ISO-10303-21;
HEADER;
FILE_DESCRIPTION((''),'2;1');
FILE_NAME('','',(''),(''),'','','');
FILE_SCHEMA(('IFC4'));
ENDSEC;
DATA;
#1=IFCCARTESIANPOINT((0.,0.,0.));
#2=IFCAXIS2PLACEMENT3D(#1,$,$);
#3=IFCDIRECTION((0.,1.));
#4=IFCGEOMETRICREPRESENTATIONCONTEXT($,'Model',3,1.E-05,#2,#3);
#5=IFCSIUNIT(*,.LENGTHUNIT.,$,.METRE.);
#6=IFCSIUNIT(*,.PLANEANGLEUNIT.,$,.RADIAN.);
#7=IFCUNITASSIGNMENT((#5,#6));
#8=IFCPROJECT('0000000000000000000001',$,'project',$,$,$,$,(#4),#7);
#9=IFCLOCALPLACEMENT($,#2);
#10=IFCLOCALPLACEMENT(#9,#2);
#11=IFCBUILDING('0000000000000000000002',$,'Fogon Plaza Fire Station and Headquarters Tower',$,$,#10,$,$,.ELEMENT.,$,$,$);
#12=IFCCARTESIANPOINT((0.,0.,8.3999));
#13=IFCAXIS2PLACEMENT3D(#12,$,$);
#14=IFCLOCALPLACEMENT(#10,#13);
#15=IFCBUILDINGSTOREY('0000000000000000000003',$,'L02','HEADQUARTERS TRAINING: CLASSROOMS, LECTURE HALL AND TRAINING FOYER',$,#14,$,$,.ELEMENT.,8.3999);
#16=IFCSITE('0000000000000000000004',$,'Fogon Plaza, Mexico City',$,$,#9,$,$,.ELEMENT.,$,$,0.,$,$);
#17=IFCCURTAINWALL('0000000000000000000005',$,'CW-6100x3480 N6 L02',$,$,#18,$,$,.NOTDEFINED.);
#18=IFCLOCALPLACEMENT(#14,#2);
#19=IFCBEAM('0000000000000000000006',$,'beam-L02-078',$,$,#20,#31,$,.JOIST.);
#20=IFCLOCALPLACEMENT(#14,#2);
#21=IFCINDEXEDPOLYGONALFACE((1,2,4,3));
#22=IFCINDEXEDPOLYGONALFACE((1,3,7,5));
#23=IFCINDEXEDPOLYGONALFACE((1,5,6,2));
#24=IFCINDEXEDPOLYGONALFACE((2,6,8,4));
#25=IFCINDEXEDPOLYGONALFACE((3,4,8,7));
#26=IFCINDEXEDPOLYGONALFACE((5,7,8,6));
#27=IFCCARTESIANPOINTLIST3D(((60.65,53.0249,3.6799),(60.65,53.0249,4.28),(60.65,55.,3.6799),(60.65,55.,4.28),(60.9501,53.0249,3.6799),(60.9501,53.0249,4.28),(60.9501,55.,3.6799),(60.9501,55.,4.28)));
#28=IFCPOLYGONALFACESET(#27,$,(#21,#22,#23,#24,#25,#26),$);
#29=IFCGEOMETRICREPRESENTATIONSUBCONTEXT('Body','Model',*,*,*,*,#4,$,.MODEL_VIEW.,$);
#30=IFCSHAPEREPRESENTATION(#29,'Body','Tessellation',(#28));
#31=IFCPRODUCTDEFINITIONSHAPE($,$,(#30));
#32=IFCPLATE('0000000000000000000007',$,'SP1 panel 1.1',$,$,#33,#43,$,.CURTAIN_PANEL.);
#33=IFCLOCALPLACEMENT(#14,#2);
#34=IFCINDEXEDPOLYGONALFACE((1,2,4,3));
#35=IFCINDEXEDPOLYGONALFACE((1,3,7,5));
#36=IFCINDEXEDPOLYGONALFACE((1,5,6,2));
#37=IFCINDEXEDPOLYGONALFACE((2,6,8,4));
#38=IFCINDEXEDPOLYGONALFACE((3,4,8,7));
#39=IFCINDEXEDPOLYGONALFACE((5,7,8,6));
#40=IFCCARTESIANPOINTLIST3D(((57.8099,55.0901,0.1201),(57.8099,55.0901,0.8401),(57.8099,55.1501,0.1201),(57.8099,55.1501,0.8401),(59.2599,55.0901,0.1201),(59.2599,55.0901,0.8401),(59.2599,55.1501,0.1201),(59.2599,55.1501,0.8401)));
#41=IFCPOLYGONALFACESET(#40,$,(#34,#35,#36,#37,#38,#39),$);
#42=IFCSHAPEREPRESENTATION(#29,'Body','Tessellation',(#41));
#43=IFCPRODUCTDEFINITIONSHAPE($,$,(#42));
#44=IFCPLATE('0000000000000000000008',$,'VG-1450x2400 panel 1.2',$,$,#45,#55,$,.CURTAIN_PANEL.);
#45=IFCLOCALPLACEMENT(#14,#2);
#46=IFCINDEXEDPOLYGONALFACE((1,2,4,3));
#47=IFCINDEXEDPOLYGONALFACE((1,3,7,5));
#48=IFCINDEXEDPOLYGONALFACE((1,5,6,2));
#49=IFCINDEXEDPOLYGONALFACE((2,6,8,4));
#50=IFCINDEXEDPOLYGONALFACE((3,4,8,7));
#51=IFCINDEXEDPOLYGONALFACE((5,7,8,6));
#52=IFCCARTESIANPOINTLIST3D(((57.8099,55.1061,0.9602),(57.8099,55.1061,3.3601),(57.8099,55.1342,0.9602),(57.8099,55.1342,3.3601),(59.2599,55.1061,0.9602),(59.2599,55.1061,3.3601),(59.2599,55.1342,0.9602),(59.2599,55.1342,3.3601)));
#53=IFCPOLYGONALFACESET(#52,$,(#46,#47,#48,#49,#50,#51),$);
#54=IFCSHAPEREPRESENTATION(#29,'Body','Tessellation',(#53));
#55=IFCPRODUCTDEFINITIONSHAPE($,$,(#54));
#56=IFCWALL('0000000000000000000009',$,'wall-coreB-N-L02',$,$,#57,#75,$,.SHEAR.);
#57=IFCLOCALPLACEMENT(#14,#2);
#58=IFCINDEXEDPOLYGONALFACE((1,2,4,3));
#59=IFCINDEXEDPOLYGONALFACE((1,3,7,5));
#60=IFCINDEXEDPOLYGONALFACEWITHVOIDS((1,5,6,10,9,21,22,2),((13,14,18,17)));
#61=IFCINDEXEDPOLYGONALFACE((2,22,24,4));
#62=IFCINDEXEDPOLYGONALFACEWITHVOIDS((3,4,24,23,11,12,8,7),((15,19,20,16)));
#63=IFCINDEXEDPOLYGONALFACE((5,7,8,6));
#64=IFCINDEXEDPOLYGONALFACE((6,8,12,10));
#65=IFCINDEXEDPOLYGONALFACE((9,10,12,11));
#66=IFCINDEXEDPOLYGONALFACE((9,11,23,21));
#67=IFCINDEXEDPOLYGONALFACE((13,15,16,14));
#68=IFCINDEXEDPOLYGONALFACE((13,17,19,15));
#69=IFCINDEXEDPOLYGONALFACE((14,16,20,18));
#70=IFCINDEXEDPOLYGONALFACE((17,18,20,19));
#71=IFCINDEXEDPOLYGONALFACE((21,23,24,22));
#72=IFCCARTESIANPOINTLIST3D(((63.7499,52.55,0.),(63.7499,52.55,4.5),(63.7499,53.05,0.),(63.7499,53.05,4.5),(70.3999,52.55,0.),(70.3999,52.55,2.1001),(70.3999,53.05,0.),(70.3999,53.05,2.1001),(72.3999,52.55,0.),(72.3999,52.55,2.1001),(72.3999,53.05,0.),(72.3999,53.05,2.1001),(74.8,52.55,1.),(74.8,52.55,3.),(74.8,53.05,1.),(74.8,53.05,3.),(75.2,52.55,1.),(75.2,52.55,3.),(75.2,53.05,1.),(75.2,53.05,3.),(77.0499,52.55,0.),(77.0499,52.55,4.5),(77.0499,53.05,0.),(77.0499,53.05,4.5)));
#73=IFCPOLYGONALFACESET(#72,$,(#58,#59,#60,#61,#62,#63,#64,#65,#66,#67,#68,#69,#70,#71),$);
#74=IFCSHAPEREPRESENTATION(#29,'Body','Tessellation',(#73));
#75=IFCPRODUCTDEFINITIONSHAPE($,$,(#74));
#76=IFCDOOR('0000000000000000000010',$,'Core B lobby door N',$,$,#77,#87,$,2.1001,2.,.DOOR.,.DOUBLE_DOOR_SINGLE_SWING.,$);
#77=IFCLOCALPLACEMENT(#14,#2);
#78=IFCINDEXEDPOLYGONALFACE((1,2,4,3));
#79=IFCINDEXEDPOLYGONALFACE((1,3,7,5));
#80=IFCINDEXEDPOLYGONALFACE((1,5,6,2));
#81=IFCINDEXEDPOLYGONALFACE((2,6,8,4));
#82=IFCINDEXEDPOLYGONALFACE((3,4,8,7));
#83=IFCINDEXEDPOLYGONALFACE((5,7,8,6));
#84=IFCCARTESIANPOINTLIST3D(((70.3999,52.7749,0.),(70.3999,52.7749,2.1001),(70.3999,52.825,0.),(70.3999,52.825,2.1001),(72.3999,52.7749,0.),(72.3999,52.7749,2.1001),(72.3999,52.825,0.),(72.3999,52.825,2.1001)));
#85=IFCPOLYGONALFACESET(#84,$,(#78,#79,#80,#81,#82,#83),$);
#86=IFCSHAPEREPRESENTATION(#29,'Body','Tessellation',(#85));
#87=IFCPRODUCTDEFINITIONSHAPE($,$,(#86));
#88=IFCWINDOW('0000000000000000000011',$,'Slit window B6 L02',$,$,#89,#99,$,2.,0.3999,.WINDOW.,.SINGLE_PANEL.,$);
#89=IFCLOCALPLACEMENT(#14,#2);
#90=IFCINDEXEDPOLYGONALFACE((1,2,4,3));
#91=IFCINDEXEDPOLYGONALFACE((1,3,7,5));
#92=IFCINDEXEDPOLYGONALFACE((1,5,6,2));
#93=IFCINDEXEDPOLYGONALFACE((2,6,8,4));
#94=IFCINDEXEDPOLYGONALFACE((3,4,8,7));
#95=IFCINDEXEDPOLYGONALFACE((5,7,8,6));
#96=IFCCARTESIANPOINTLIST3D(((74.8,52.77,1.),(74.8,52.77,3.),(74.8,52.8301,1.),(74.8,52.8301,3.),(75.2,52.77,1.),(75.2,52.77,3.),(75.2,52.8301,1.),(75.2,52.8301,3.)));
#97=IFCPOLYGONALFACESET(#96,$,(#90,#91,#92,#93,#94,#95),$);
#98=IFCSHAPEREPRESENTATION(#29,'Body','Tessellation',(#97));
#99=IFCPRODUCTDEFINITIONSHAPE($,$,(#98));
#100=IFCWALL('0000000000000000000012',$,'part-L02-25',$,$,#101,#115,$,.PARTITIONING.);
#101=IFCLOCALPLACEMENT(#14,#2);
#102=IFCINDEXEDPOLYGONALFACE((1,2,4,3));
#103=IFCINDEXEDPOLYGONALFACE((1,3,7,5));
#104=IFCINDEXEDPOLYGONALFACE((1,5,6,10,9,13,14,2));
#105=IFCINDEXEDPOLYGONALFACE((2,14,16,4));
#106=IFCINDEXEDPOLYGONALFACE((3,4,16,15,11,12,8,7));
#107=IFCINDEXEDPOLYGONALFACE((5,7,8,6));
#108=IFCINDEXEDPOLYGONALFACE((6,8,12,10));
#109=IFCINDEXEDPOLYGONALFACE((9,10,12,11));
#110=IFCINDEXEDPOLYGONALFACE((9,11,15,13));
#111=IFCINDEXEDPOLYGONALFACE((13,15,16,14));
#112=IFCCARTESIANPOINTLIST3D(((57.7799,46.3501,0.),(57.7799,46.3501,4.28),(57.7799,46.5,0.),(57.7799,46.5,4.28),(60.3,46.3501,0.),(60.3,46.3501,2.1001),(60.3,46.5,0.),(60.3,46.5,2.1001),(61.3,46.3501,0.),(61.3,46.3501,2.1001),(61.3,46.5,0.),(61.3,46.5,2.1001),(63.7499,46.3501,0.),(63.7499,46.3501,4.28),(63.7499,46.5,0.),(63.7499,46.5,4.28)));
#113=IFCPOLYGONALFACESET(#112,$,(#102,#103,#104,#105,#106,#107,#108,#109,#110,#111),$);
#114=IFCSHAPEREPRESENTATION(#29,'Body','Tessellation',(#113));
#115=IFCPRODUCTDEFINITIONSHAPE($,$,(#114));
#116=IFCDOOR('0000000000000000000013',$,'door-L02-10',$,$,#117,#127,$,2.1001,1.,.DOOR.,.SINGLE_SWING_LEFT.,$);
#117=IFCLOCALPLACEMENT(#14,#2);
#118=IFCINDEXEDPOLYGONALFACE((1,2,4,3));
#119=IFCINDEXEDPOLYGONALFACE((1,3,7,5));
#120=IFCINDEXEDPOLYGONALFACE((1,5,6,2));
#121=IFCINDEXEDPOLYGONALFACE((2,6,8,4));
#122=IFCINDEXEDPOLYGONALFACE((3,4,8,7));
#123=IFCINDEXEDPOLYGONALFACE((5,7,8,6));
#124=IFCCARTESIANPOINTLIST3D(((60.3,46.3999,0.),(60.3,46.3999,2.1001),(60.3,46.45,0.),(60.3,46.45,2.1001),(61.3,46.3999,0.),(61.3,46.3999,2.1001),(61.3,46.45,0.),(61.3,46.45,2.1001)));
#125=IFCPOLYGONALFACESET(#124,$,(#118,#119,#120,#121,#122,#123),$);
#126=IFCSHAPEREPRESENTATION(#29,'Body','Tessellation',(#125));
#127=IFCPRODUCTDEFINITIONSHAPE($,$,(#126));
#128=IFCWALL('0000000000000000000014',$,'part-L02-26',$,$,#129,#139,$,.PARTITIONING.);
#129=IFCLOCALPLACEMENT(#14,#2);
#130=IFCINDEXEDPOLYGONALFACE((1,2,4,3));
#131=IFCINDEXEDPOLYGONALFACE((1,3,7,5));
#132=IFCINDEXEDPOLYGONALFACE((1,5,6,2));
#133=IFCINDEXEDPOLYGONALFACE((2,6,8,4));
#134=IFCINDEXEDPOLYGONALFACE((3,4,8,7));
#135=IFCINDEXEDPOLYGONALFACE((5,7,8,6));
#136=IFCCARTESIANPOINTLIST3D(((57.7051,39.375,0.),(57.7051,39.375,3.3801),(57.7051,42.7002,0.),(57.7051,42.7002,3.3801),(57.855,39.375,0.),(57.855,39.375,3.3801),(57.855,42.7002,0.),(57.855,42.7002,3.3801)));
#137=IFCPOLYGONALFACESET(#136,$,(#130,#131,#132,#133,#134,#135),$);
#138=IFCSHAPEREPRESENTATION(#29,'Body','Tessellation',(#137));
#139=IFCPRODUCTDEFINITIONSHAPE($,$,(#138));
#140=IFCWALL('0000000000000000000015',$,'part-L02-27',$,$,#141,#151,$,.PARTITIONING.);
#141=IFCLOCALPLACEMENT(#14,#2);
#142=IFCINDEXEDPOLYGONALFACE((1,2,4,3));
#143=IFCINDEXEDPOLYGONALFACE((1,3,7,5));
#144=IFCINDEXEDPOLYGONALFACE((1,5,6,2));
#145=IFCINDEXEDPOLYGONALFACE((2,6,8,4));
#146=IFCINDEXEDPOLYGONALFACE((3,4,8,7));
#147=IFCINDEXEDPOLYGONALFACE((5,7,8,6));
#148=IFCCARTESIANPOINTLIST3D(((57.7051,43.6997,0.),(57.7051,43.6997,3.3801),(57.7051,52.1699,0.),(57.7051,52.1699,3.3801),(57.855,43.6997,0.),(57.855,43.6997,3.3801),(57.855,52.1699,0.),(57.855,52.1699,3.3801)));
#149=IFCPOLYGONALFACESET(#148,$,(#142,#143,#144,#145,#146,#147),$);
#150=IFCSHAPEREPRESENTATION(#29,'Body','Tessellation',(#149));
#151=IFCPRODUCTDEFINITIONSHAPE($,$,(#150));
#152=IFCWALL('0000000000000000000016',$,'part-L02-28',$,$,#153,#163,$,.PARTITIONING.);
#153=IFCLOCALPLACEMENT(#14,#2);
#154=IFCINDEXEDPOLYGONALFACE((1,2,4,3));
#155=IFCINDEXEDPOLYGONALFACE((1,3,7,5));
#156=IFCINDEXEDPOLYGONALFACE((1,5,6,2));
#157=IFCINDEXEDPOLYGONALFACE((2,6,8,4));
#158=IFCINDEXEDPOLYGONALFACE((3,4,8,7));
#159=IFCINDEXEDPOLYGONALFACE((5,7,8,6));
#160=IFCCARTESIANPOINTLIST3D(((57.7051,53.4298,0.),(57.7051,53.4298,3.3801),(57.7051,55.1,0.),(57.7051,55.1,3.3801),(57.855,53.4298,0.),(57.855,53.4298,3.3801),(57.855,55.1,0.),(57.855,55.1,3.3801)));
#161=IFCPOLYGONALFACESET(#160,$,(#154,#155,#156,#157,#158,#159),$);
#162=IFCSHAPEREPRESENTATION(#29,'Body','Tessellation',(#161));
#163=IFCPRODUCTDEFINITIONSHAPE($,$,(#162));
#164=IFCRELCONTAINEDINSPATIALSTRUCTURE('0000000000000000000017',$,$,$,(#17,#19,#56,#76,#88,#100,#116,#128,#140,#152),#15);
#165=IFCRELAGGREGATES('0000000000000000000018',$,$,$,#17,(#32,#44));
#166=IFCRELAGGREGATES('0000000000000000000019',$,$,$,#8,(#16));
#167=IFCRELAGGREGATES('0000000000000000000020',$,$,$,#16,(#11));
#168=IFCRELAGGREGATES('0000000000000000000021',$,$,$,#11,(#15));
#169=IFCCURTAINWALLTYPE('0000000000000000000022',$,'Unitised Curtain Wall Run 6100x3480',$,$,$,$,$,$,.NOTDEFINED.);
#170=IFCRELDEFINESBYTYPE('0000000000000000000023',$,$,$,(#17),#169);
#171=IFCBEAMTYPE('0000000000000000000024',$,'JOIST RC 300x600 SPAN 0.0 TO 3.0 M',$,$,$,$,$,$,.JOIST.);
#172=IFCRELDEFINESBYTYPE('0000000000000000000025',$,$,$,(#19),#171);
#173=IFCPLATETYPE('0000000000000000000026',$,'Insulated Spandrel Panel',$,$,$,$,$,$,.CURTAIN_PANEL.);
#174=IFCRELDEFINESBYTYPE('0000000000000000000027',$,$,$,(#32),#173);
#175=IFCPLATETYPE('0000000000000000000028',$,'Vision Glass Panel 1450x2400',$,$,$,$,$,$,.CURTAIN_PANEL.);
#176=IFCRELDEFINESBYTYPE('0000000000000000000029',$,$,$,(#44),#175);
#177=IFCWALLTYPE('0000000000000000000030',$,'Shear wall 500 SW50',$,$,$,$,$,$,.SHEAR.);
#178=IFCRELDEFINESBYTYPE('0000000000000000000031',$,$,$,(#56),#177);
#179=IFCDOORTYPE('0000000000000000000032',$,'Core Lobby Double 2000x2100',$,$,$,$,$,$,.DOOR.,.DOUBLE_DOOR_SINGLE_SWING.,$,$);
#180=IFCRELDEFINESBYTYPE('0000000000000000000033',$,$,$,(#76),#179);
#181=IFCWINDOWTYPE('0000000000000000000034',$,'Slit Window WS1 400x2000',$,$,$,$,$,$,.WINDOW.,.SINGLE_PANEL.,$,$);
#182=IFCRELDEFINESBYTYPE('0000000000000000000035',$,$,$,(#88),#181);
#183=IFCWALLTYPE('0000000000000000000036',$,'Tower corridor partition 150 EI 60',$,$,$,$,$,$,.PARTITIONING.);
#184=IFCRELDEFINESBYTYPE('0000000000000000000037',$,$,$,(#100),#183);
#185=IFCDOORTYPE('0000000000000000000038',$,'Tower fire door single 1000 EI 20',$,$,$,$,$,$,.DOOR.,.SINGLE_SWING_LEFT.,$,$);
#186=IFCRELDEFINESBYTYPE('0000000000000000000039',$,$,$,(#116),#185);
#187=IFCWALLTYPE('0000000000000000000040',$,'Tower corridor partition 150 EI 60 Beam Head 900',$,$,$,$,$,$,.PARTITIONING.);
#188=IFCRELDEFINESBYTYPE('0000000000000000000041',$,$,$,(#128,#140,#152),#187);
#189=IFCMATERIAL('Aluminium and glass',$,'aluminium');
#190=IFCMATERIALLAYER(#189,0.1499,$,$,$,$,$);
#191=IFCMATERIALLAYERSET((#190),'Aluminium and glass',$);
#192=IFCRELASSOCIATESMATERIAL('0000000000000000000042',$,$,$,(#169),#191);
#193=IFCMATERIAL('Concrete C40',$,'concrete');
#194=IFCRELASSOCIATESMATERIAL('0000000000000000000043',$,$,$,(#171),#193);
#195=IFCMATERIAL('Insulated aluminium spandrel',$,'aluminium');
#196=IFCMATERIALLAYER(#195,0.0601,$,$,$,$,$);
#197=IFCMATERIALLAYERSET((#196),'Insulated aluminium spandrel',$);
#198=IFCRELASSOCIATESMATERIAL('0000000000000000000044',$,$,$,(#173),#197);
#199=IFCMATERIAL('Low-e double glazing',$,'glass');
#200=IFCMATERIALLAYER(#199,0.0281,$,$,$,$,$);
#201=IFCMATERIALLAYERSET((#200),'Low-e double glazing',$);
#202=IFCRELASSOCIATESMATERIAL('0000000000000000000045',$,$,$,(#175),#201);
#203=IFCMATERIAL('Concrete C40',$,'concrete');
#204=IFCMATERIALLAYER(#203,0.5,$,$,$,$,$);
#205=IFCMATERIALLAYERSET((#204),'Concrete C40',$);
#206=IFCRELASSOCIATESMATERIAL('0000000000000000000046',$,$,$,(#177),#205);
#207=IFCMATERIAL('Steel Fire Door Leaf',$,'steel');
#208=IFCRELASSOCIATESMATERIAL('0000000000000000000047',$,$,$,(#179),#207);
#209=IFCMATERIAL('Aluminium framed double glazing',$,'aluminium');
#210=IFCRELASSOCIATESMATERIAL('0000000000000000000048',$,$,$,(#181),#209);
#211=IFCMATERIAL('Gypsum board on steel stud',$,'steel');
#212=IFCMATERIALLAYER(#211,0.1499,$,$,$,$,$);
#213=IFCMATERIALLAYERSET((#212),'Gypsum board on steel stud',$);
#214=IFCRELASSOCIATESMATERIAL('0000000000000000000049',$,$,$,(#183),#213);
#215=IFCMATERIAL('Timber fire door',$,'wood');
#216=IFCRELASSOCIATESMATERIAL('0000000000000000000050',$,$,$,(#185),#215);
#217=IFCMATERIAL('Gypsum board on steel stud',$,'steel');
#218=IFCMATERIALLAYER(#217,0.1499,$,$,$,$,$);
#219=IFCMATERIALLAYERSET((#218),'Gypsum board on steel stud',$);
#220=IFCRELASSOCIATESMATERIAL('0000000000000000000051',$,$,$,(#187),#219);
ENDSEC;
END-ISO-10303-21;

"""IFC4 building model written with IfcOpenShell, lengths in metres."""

from ifc_helpers import new_model, si_unit, direction, frame, frame_2d, origin, origin_2d, place, context, subcontext, project, spatial, rectangle, extrude, material, layer, layer_set, material_profile, profile_set, type_object, element, fill, aggregate, save


model = new_model("IFC4")

# Units and contexts
model_context = context("Model", 3, precision=1e-05, world=origin(), true_north=direction((0.0, 1.0)))
body_context = subcontext(model_context, "Body", "Model", "MODEL_VIEW")
ifc_project = project(units=[si_unit("LENGTHUNIT", "METRE"), si_unit("PLANEANGLEUNIT", "RADIAN")], contexts=[model_context])

# Site, building, storey
site_placement = place(None, origin())
site = spatial("IfcSite", under=ifc_project, at=site_placement, Name="Fogon Plaza, Mexico City", CompositionType="ELEMENT", RefElevation=0.0)
building_placement = place(site_placement, origin())
building = spatial("IfcBuilding", under=site, at=building_placement, Name="Fogon Plaza Fire Station and Headquarters Tower", CompositionType="ELEMENT")
storey_placement = place(building_placement, frame((0.0, 0.0, 8.3999)))
storey = spatial("IfcBuildingStorey", under=building, at=storey_placement, Name="L02", Description="HEADQUARTERS TRAINING: CLASSROOMS, LECTURE HALL AND TRAINING FOYER", CompositionType="ELEMENT", Elevation=8.3999)

# Curtain wall
ifc_material_1 = material(Name="Aluminium and glass", Category="aluminium")
ifc_layer_1 = layer(ifc_material_1, 0.1499)
ifc_layer_set_1 = layer_set([ifc_layer_1], Name="Aluminium and glass")
curtain_wall_type = type_object("IfcCurtainWallType", Name="Unitised Curtain Wall Run 6100x3480", PredefinedType="NOTDEFINED", material=ifc_layer_set_1)
curtain_wall_placement = place(storey_placement, origin())
curtain_wall = element("IfcCurtainWall", 1, at=curtain_wall_placement, inside=storey, type_object=curtain_wall_type, Name="CW-6100x3480 N6 L02", PredefinedType="NOTDEFINED")

# Beam
ifc_material_2 = material(Name="Concrete C40", Category="concrete")
ifc_material_profile_1 = material_profile(ifc_material_2, rectangle(XDim=0.3, YDim=0.6001, at=origin_2d()), Name="RC 300x600")
ifc_profile_set_1 = profile_set([ifc_material_profile_1], Name="Concrete C40")
beam_type_1 = type_object("IfcBeamType", Name="JOIST RC 300x600 SPAN 0.0 TO 3.0 M", PredefinedType="JOIST", material=ifc_profile_set_1)
beam_1_placement = place(storey_placement, frame((60.8, 53.0249, 3.98), z_axis=(0.0, 1.0, 0.0), x_axis=(-1.0, 0.0, 0.0)))
element("IfcBeam", 2, at=beam_1_placement, inside=storey, type_object=beam_type_1, Name="beam-L02-078", PredefinedType="JOIST", context=body_context, shape_type="SweptSolid", body=[
    extrude(rectangle(XDim=0.3, YDim=0.6001, at=origin_2d()), origin(), (0.0, 0.0, 1.0), 1.9751),
])

# Plates
ifc_material_3 = material(Name="Insulated aluminium spandrel", Category="aluminium")
ifc_layer_2 = layer(ifc_material_3, 0.0601)
ifc_layer_set_2 = layer_set([ifc_layer_2], Name="Insulated aluminium spandrel")
plate_type_1 = type_object("IfcPlateType", Name="Insulated Spandrel Panel", PredefinedType="CURTAIN_PANEL", material=ifc_layer_set_2)
plate_1_placement = place(storey_placement, frame((58.5349, 55.1201, 0.1201), z_axis=(0.0, 0.0, 1.0), x_axis=(1.0, 0.0, 0.0)))
plate_1 = element("IfcPlate", 3, at=plate_1_placement, type_object=plate_type_1, Name="SP1 panel 1.1", PredefinedType="CURTAIN_PANEL", context=body_context, shape_type="SweptSolid", body=[
    extrude(rectangle(XDim=1.45, YDim=0.0601, at=origin_2d()), origin(), (0.0, 0.0, 1.0), 0.72),
])
ifc_material_4 = material(Name="Low-e double glazing", Category="glass")
ifc_layer_3 = layer(ifc_material_4, 0.0281)
ifc_layer_set_3 = layer_set([ifc_layer_3], Name="Low-e double glazing")
plate_type_2 = type_object("IfcPlateType", Name="Vision Glass Panel 1450x2400", PredefinedType="CURTAIN_PANEL", material=ifc_layer_set_3)
plate_2_placement = place(storey_placement, frame((58.5349, 55.1201, 0.9602), z_axis=(0.0, 0.0, 1.0), x_axis=(1.0, 0.0, 0.0)))
plate_2 = element("IfcPlate", 4, at=plate_2_placement, type_object=plate_type_2, Name="VG-1450x2400 panel 1.2", PredefinedType="CURTAIN_PANEL", context=body_context, shape_type="SweptSolid", body=[
    extrude(rectangle(XDim=1.45, YDim=0.0281, at=origin_2d()), origin(), (0.0, 0.0, 1.0), 2.3999),
])
aggregate(curtain_wall, [plate_1, plate_2])

# Wall, openings, door, window
ifc_material_5 = material(Name="Concrete C40", Category="concrete")
ifc_layer_4 = layer(ifc_material_5, 0.5)
ifc_layer_set_4 = layer_set([ifc_layer_4], Name="Concrete C40")
wall_type_1 = type_object("IfcWallType", Name="Shear wall 500 SW50", PredefinedType="SHEAR", material=ifc_layer_set_4)
wall_1_placement = place(storey_placement, frame((63.75, 52.8, 0.0), z_axis=(0.0, 0.0, 1.0), x_axis=(1.0, 0.0, 0.0)))
wall_1 = element("IfcWall", 5, at=wall_1_placement, inside=storey, type_object=wall_type_1, Name="wall-coreB-N-L02", PredefinedType="SHEAR", context=body_context, shape_type="SweptSolid", body=[
    extrude(rectangle(XDim=13.3, YDim=0.5, at=frame_2d((6.6499, 0.0))), origin(), (0.0, 0.0, 1.0), 4.5),
])
opening_1_placement = place(wall_1_placement, frame((11.05, 0.0, 1.0)))
opening_1 = element("IfcOpeningElement", 6, at=opening_1_placement, cuts=wall_1, PredefinedType="OPENING", context=body_context, shape_type="SweptSolid", body=[
    extrude(rectangle(XDim=0.3999, YDim=2.0, at=frame_2d((0.2, 1.0))), frame((0.0, 0.26, 0.0), z_axis=(0.0, -1.0, 0.0), x_axis=(1.0, 0.0, 0.0)), (0.0, 0.0, 1.0), 0.52),
])
opening_2_placement = place(wall_1_placement, frame((6.6499, 0.0, 0.0)))
opening_2 = element("IfcOpeningElement", 7, at=opening_2_placement, cuts=wall_1, PredefinedType="OPENING", context=body_context, shape_type="SweptSolid", body=[
    extrude(rectangle(XDim=2.0, YDim=2.1001, at=frame_2d((1.0, 1.05))), frame((0.0, 0.26, 0.0), z_axis=(0.0, -1.0, 0.0), x_axis=(1.0, 0.0, 0.0)), (0.0, 0.0, 1.0), 0.52),
])
ifc_material_6 = material(Name="Steel Fire Door Leaf", Category="steel")
door_type_1 = type_object("IfcDoorType", Name="Core Lobby Double 2000x2100", OperationType="DOUBLE_DOOR_SINGLE_SWING", PredefinedType="DOOR", material=ifc_material_6)
door_1_placement = place(opening_2_placement, origin())
door_1 = element("IfcDoor", 8, at=door_1_placement, inside=storey, type_object=door_type_1, Name="Core B lobby door N", OperationType="DOUBLE_DOOR_SINGLE_SWING", OverallHeight=2.1001, OverallWidth=2.0, PredefinedType="DOOR", context=body_context, shape_type="SweptSolid", body=[
    extrude(rectangle(XDim=2.0, YDim=2.1001, at=frame_2d((1.0, 1.05))), frame((0.0, 0.0249, 0.0), z_axis=(0.0, -1.0, 0.0), x_axis=(1.0, 0.0, 0.0)), (0.0, 0.0, 1.0), 0.05),
])
fill(opening_2, door_1)
ifc_material_7 = material(Name="Aluminium framed double glazing", Category="aluminium")
window_type = type_object("IfcWindowType", Name="Slit Window WS1 400x2000", PartitioningType="SINGLE_PANEL", PredefinedType="WINDOW", material=ifc_material_7)
window_placement = place(opening_1_placement, origin())
window = element("IfcWindow", 9, at=window_placement, inside=storey, type_object=window_type, Name="Slit window B6 L02", OverallHeight=2.0, OverallWidth=0.3999, PartitioningType="SINGLE_PANEL", PredefinedType="WINDOW", context=body_context, shape_type="SweptSolid", body=[
    extrude(rectangle(XDim=0.3999, YDim=2.0, at=frame_2d((0.2, 1.0))), frame((0.0, 0.03, 0.0), z_axis=(0.0, -1.0, 0.0), x_axis=(1.0, 0.0, 0.0)), (0.0, 0.0, 1.0), 0.0601),
])
fill(opening_1, window)

# Wall, opening, door
ifc_material_8 = material(Name="Gypsum board on steel stud", Category="steel")
ifc_layer_5 = layer(ifc_material_8, 0.1499)
ifc_layer_set_5 = layer_set([ifc_layer_5], Name="Gypsum board on steel stud")
wall_type_2 = type_object("IfcWallType", Name="Tower corridor partition 150 EI 60", PredefinedType="PARTITIONING", material=ifc_layer_set_5)
wall_2_placement = place(storey_placement, frame((57.78, 46.425, 0.0), z_axis=(0.0, 0.0, 1.0), x_axis=(1.0, 0.0, 0.0)))
wall_2 = element("IfcWall", 10, at=wall_2_placement, inside=storey, type_object=wall_type_2, Name="part-L02-25", PredefinedType="PARTITIONING", context=body_context, shape_type="SweptSolid", body=[
    extrude(rectangle(XDim=5.97, YDim=0.1499, at=frame_2d((2.9849, 0.0))), origin(), (0.0, 0.0, 1.0), 4.28),
])
opening_3_placement = place(wall_2_placement, frame((2.52, 0.0, 0.0)))
opening_3 = element("IfcOpeningElement", 11, at=opening_3_placement, cuts=wall_2, PredefinedType="OPENING", context=body_context, shape_type="SweptSolid", body=[
    extrude(rectangle(XDim=1.0, YDim=2.1001, at=frame_2d((0.5, 1.05))), frame((0.0, 0.085, 0.0), z_axis=(0.0, -1.0, 0.0), x_axis=(1.0, 0.0, 0.0)), (0.0, 0.0, 1.0), 0.1699),
])
ifc_material_9 = material(Name="Timber fire door", Category="wood")
door_type_2 = type_object("IfcDoorType", Name="Tower fire door single 1000 EI 20", OperationType="SINGLE_SWING_LEFT", PredefinedType="DOOR", material=ifc_material_9)
door_2_placement = place(opening_3_placement, origin())
door_2 = element("IfcDoor", 12, at=door_2_placement, inside=storey, type_object=door_type_2, Name="door-L02-10", OperationType="SINGLE_SWING_LEFT", OverallHeight=2.1001, OverallWidth=1.0, PredefinedType="DOOR", context=body_context, shape_type="SweptSolid", body=[
    extrude(rectangle(XDim=1.0, YDim=2.1001, at=frame_2d((0.5, 1.05))), frame((0.0, 0.0249, 0.0), z_axis=(0.0, -1.0, 0.0), x_axis=(1.0, 0.0, 0.0)), (0.0, 0.0, 1.0), 0.05),
])
fill(opening_3, door_2)

# Walls
ifc_material_10 = material(Name="Gypsum board on steel stud", Category="steel")
ifc_layer_6 = layer(ifc_material_10, 0.1499)
ifc_layer_set_6 = layer_set([ifc_layer_6], Name="Gypsum board on steel stud")
wall_type_3 = type_object("IfcWallType", Name="Tower corridor partition 150 EI 60 Beam Head 900", PredefinedType="PARTITIONING", material=ifc_layer_set_6)
wall_3_placement = place(storey_placement, frame((57.78, 39.375, 0.0), z_axis=(0.0, 0.0, 1.0), x_axis=(0.0, 1.0, 0.0)))
element("IfcWall", 13, at=wall_3_placement, inside=storey, type_object=wall_type_3, Name="part-L02-26", PredefinedType="PARTITIONING", context=body_context, shape_type="SweptSolid", body=[
    extrude(rectangle(XDim=3.3252, YDim=0.1499, at=frame_2d((1.6626, 0.0))), origin(), (0.0, 0.0, 1.0), 3.3801),
])
wall_4_placement = place(storey_placement, frame((57.78, 43.6997, 0.0), z_axis=(0.0, 0.0, 1.0), x_axis=(0.0, 1.0, 0.0)))
element("IfcWall", 14, at=wall_4_placement, inside=storey, type_object=wall_type_3, Name="part-L02-27", PredefinedType="PARTITIONING", context=body_context, shape_type="SweptSolid", body=[
    extrude(rectangle(XDim=8.4702, YDim=0.1499, at=frame_2d((4.2351, 0.0))), origin(), (0.0, 0.0, 1.0), 3.3801),
])
wall_5_placement = place(storey_placement, frame((57.78, 53.4299, 0.0), z_axis=(0.0, 0.0, 1.0), x_axis=(0.0, 1.0, 0.0)))
element("IfcWall", 15, at=wall_5_placement, inside=storey, type_object=wall_type_3, Name="part-L02-28", PredefinedType="PARTITIONING", context=body_context, shape_type="SweptSolid", body=[
    extrude(rectangle(XDim=1.6702, YDim=0.1499, at=frame_2d((0.835, 0.0))), origin(), (0.0, 0.0, 1.0), 3.3801),
])

save(model, "model.ifc")
